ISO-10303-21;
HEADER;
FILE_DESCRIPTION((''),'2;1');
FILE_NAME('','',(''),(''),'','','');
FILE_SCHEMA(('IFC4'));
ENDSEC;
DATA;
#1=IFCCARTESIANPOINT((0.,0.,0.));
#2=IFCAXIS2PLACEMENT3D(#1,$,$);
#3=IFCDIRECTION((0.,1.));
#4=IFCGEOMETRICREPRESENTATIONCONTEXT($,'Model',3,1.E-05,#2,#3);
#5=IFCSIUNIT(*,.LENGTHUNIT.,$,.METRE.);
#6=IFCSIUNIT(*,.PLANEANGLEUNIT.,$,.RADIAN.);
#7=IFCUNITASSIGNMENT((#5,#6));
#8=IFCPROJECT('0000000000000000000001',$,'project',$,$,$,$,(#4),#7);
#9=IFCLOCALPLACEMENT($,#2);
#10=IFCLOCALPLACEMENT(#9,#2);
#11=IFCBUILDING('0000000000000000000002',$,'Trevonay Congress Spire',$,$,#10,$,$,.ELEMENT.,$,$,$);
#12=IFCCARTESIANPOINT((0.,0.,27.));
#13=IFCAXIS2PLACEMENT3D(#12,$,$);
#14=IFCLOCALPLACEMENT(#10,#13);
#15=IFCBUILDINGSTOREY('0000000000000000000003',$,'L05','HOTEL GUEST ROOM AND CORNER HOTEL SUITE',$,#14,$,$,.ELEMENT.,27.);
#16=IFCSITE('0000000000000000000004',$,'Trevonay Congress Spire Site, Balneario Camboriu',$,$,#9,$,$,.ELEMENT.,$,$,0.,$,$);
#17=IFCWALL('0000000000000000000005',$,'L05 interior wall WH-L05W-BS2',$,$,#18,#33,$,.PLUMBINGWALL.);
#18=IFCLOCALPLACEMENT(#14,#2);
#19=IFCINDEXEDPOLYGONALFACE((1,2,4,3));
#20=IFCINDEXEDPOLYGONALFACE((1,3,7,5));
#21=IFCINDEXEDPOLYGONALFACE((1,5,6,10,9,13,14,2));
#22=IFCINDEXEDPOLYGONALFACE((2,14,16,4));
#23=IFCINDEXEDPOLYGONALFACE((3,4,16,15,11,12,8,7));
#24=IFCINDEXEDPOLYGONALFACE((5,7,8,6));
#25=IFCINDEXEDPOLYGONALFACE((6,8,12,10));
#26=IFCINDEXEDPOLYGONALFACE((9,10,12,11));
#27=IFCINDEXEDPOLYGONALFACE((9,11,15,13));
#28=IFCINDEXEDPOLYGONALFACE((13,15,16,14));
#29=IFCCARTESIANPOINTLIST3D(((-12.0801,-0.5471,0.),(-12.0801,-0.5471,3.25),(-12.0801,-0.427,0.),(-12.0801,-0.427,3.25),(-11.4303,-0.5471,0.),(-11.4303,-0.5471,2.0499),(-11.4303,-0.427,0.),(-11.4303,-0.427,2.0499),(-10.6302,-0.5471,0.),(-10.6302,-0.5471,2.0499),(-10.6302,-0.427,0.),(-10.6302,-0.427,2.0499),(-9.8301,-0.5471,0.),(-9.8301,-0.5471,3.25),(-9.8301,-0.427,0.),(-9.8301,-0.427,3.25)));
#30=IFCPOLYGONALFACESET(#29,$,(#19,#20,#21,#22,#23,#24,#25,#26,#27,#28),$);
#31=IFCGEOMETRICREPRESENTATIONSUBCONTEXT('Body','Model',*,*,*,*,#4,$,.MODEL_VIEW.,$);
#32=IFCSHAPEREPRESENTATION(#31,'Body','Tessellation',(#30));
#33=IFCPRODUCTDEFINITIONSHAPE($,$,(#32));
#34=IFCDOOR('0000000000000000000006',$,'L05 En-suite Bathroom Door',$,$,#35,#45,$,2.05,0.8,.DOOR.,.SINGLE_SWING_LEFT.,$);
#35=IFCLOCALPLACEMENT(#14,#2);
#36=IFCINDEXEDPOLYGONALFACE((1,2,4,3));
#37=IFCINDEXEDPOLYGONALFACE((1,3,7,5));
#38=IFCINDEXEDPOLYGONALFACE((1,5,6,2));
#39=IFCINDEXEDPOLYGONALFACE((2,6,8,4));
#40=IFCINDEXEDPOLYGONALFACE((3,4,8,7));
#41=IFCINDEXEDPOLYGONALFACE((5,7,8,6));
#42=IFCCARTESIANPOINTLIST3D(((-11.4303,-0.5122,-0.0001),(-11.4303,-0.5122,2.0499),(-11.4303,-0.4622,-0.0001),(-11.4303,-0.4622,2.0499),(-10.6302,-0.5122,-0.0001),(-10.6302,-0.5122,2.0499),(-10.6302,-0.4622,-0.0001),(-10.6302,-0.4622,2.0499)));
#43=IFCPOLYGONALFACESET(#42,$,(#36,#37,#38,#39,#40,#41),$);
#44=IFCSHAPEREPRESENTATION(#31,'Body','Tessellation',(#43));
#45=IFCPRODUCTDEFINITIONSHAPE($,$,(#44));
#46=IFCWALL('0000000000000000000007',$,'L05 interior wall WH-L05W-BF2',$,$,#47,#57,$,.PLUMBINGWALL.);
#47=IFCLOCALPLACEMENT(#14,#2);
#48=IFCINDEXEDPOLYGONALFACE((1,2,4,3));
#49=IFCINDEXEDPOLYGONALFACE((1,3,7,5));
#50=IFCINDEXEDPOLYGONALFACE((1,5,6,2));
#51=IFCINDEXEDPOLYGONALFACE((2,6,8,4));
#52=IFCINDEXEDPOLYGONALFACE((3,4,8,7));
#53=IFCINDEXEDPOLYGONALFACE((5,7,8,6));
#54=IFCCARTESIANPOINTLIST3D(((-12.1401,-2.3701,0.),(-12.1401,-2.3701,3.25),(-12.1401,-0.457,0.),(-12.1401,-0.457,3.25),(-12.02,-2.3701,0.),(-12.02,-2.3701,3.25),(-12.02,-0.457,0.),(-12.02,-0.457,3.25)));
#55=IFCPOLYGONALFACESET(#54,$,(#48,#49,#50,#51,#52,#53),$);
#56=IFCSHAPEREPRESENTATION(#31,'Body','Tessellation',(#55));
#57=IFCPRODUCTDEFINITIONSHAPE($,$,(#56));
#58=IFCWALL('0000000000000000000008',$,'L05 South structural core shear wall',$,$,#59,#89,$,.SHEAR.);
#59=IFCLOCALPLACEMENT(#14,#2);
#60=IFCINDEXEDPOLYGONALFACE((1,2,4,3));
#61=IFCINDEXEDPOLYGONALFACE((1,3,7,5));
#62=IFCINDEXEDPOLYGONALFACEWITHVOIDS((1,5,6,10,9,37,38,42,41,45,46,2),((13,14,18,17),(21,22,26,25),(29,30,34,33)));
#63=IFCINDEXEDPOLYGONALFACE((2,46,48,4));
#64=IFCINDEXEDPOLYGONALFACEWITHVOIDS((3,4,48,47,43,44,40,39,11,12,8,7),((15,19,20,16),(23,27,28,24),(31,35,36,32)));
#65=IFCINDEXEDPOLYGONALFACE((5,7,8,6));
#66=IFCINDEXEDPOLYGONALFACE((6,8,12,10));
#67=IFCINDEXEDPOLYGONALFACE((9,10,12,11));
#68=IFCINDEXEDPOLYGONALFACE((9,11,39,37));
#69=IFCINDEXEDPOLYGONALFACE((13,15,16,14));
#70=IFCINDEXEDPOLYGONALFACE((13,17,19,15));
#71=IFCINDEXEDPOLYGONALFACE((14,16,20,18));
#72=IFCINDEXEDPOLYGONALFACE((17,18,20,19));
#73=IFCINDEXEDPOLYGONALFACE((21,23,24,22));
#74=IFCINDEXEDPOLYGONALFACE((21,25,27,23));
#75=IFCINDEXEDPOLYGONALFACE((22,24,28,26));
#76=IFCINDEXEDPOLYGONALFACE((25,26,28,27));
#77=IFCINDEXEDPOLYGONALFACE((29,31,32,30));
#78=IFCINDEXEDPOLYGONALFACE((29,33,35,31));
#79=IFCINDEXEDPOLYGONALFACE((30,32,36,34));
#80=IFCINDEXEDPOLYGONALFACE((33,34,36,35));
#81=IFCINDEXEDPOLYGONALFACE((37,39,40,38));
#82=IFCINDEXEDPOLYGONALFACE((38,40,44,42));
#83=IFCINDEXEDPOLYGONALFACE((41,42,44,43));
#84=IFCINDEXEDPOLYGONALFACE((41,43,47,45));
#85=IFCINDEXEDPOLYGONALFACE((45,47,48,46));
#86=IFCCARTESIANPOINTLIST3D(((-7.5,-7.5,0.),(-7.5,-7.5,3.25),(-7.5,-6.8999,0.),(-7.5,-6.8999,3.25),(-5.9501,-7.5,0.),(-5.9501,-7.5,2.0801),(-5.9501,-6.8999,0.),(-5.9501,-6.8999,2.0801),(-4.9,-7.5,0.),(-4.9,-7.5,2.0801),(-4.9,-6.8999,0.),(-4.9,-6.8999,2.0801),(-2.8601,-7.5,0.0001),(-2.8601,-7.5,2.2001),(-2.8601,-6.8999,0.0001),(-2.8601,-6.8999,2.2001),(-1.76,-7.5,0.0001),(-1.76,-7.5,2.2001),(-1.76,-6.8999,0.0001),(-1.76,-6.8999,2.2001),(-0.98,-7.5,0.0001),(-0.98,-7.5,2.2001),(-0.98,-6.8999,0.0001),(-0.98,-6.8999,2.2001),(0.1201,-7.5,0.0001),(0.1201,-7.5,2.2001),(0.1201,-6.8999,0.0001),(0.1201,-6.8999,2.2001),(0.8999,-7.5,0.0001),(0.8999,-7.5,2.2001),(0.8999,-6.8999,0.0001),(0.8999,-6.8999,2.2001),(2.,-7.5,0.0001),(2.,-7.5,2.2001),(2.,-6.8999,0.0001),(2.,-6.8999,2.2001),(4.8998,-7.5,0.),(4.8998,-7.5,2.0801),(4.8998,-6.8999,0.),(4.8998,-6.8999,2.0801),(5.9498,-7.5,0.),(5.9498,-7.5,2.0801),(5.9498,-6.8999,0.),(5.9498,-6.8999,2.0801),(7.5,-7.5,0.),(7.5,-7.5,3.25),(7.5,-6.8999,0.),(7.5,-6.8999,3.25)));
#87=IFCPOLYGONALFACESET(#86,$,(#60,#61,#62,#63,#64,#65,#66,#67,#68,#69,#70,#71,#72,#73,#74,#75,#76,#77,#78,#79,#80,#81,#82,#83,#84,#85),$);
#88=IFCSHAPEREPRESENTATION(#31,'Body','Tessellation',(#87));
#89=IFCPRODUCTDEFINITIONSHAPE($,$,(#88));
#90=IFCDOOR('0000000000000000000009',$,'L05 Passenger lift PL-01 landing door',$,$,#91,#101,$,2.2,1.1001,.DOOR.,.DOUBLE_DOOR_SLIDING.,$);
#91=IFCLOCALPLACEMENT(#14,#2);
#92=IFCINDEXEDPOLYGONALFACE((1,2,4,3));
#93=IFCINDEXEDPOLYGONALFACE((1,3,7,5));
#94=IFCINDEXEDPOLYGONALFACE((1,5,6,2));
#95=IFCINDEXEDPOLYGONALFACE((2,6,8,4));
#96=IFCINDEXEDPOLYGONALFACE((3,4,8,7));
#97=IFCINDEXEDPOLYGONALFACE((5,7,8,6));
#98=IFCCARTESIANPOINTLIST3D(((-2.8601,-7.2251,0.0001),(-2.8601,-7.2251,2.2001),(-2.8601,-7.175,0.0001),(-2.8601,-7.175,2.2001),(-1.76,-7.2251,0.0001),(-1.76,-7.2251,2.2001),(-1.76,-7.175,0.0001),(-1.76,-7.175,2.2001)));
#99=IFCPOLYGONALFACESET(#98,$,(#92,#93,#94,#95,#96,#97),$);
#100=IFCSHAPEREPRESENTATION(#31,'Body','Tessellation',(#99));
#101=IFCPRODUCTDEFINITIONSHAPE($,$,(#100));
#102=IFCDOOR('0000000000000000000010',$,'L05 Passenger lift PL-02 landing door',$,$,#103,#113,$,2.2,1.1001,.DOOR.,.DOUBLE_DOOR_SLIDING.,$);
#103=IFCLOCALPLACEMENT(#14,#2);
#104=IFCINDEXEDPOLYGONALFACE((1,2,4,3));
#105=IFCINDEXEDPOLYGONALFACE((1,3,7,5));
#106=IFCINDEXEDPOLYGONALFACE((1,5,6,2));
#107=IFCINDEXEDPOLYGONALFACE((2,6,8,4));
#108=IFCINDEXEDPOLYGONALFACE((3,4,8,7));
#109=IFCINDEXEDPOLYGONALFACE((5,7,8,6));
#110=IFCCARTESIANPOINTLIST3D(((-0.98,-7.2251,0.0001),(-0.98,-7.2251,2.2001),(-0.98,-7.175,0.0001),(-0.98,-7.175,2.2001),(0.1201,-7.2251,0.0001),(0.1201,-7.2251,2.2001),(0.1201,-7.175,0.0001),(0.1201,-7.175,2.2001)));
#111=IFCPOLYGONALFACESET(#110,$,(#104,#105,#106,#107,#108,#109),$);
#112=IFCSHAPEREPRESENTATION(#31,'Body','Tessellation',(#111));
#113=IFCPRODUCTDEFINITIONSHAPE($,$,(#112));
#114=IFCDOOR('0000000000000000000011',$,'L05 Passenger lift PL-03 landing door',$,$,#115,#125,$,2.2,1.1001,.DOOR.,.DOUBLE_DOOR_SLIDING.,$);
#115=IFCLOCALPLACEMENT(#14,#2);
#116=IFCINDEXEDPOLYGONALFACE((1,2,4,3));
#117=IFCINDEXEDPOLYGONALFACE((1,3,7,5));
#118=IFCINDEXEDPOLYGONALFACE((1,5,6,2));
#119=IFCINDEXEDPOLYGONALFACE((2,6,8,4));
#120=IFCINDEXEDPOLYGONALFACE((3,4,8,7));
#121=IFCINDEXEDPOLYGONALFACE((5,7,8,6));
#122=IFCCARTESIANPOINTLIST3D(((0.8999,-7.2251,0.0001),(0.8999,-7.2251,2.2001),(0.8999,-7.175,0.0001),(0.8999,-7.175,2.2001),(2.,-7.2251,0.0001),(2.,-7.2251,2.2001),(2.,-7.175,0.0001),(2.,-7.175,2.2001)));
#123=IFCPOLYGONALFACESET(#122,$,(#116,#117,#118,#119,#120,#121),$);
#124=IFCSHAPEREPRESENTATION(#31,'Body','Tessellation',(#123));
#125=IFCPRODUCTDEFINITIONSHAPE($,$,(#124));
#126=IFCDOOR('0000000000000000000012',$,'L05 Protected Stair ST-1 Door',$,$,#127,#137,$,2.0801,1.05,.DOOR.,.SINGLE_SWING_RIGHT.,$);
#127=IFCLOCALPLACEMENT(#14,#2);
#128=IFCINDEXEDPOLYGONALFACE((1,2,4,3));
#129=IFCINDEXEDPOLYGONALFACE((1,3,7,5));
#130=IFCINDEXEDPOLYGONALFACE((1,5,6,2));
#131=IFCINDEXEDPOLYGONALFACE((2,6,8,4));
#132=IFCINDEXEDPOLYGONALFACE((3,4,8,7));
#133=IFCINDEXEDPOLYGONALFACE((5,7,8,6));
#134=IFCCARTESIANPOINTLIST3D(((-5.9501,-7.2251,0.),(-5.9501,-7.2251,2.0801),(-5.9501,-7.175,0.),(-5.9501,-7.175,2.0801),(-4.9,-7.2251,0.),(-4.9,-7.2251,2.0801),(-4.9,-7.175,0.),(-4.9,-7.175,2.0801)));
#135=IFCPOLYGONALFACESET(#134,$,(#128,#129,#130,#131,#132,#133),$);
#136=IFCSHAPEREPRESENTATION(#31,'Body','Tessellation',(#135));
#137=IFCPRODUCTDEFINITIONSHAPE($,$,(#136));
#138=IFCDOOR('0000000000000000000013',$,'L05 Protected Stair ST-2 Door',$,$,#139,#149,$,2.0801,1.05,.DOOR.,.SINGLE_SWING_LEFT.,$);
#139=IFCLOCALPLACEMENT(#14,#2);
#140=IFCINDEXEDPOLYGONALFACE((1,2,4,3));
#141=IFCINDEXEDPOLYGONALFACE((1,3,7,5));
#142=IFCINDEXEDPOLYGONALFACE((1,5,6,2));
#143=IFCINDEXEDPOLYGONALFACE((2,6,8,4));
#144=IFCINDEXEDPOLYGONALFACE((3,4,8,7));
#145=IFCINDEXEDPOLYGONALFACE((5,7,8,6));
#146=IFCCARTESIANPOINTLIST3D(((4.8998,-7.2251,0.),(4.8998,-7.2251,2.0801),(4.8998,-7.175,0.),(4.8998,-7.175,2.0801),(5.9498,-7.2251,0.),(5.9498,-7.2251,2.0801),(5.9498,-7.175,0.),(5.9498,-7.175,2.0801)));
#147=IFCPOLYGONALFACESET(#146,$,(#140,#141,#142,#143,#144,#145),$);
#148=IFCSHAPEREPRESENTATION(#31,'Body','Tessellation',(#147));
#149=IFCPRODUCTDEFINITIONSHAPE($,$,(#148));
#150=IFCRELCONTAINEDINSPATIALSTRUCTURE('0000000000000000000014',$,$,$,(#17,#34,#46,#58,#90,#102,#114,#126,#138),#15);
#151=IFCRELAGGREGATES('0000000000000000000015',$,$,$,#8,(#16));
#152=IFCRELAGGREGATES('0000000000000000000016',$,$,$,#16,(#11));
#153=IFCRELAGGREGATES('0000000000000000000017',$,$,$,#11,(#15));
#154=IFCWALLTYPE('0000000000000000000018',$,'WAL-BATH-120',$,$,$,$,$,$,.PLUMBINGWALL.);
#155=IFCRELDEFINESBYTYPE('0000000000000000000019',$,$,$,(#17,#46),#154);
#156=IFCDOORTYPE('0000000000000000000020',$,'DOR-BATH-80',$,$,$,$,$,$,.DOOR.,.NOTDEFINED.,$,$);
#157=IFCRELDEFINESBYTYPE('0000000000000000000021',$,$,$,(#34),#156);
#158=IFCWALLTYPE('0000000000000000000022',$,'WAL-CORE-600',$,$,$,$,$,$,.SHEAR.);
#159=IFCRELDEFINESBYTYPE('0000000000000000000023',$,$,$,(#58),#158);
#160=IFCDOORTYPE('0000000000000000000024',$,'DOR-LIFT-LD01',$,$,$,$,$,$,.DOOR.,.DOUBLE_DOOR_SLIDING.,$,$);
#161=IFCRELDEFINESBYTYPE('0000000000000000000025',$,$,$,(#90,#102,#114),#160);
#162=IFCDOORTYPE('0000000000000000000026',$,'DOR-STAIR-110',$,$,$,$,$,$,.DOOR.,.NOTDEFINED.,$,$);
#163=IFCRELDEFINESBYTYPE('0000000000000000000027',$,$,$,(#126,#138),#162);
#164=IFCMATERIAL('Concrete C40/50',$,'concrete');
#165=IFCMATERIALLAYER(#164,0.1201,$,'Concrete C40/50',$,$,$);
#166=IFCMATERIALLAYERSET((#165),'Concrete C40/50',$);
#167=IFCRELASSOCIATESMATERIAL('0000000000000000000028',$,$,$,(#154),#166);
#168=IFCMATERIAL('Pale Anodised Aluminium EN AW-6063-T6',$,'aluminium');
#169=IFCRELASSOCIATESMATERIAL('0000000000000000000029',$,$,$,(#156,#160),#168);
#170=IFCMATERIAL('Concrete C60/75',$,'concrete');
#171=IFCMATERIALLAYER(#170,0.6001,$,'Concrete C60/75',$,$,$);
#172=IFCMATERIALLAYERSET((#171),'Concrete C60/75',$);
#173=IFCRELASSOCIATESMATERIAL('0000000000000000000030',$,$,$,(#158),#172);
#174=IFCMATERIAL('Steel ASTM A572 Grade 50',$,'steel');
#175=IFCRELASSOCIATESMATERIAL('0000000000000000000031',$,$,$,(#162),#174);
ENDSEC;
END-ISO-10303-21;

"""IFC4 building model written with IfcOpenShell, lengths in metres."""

from ifc_helpers import new_model, si_unit, direction, frame, frame_2d, origin, place, context, subcontext, project, spatial, rectangle, extrude, material, layer, layer_set, type_object, element, fill, save


model = new_model("IFC4")

# Units and contexts
model_context = context("Model", 3, precision=1e-05, world=origin(), true_north=direction((0.0, 1.0)))
body_context = subcontext(model_context, "Body", "Model", "MODEL_VIEW")
ifc_project = project(units=[si_unit("LENGTHUNIT", "METRE"), si_unit("PLANEANGLEUNIT", "RADIAN")], contexts=[model_context])

# Site, building, storey
site_placement = place(None, origin())
site = spatial("IfcSite", under=ifc_project, at=site_placement, Name="Trevonay Congress Spire Site, Balneario Camboriu", CompositionType="ELEMENT", RefElevation=0.0)
building_placement = place(site_placement, origin())
building = spatial("IfcBuilding", under=site, at=building_placement, Name="Trevonay Congress Spire", CompositionType="ELEMENT")
storey_placement = place(building_placement, frame((0.0, 0.0, 27.0)))
storey = spatial("IfcBuildingStorey", under=building, at=storey_placement, Name="L05", Description="HOTEL GUEST ROOM AND CORNER HOTEL SUITE", CompositionType="ELEMENT", Elevation=27.0)

# Shared definitions
ifc_material_1 = material(Name="Steel ASTM A572 Grade 50", Category="steel")

# Shared definitions
ifc_material_2 = material(Name="Concrete C40/50", Category="concrete")
ifc_layer_1 = layer(ifc_material_2, 0.1201, Name="Concrete C40/50")
ifc_layer_set_1 = layer_set([ifc_layer_1], Name="Concrete C40/50")
wall_type_1 = type_object("IfcWallType", Name="WAL-BATH-120", PredefinedType="PLUMBINGWALL", material=ifc_layer_set_1)
ifc_material_3 = material(Name="Pale Anodised Aluminium EN AW-6063-T6", Category="aluminium")
door_type_1 = type_object("IfcDoorType", Name="DOR-BATH-80", OperationType="NOTDEFINED", PredefinedType="DOOR", material=ifc_material_3)

# Wall, opening, door
wall_1_placement = place(storey_placement, frame((-12.0801, -0.4871, 0.0), z_axis=(0.0, 0.0, 1.0), x_axis=(1.0, 0.0, 0.0)))
wall_1 = element("IfcWall", 1, at=wall_1_placement, inside=storey, type_object=wall_type_1, Name="L05 interior wall WH-L05W-BS2", PredefinedType="PLUMBINGWALL", context=body_context, shape_type="SweptSolid", body=[
    extrude(rectangle(XDim=2.25, YDim=0.1201, at=frame_2d((1.125, 0.0))), origin(), (0.0, 0.0, 1.0), 3.25),
])
opening_1_placement = place(wall_1_placement, frame((0.6499, 0.0, 0.0)))
opening_1 = element("IfcOpeningElement", 2, at=opening_1_placement, cuts=wall_1, PredefinedType="OPENING", context=body_context, shape_type="SweptSolid", body=[
    extrude(rectangle(XDim=0.8, YDim=2.05, at=frame_2d((0.3999, 1.0249))), frame((0.0, 0.0701, 0.0), z_axis=(0.0, -1.0, 0.0), x_axis=(1.0, 0.0, 0.0)), (0.0, 0.0, 1.0), 0.1401),
])
door_1_placement = place(opening_1_placement, origin())
door_1 = element("IfcDoor", 3, at=door_1_placement, inside=storey, type_object=door_type_1, Name="L05 En-suite Bathroom Door", OperationType="SINGLE_SWING_LEFT", OverallHeight=2.05, OverallWidth=0.8, PredefinedType="DOOR", context=body_context, shape_type="SweptSolid", body=[
    extrude(rectangle(XDim=0.8, YDim=2.05, at=frame_2d((0.3999, 1.0249))), frame((0.0, 0.0249, 0.0), z_axis=(0.0, -1.0, 0.0), x_axis=(1.0, 0.0, 0.0)), (0.0, 0.0, 1.0), 0.05),
])
fill(opening_1, door_1)

# Wall
wall_2_placement = place(storey_placement, frame((-12.0801, -2.3701, 0.0), z_axis=(0.0, 0.0, 1.0), x_axis=(0.0, 1.0, 0.0)))
element("IfcWall", 4, at=wall_2_placement, inside=storey, type_object=wall_type_1, Name="L05 interior wall WH-L05W-BF2", PredefinedType="PLUMBINGWALL", context=body_context, shape_type="SweptSolid", body=[
    extrude(rectangle(XDim=1.9131, YDim=0.1201, at=frame_2d((0.9565, 0.0))), origin(), (0.0, 0.0, 1.0), 3.25),
])

# Wall, openings, doors
ifc_material_4 = material(Name="Concrete C60/75", Category="concrete")
ifc_layer_2 = layer(ifc_material_4, 0.6001, Name="Concrete C60/75")
ifc_layer_set_2 = layer_set([ifc_layer_2], Name="Concrete C60/75")
wall_type_2 = type_object("IfcWallType", Name="WAL-CORE-600", PredefinedType="SHEAR", material=ifc_layer_set_2)
wall_3_placement = place(storey_placement, frame((-7.5, -7.2, 0.0), z_axis=(0.0, 0.0, 1.0), x_axis=(1.0, 0.0, 0.0)))
wall_3 = element("IfcWall", 5, at=wall_3_placement, inside=storey, type_object=wall_type_2, Name="L05 South structural core shear wall", PredefinedType="SHEAR", context=body_context, shape_type="SweptSolid", body=[
    extrude(rectangle(XDim=15.0, YDim=0.6001, at=frame_2d((7.5, 0.0))), origin(), (0.0, 0.0, 1.0), 3.25),
])
opening_2_placement = place(wall_3_placement, frame((1.55, 0.0, 0.0)))
opening_2 = element("IfcOpeningElement", 6, at=opening_2_placement, cuts=wall_3, PredefinedType="OPENING", context=body_context, shape_type="SweptSolid", body=[
    extrude(rectangle(XDim=1.05, YDim=2.0801, at=frame_2d((0.5249, 1.04))), frame((0.0, 0.3101, 0.0), z_axis=(0.0, -1.0, 0.0), x_axis=(1.0, 0.0, 0.0)), (0.0, 0.0, 1.0), 0.6201),
])
opening_3_placement = place(wall_3_placement, frame((12.3999, 0.0, 0.0)))
opening_3 = element("IfcOpeningElement", 7, at=opening_3_placement, cuts=wall_3, PredefinedType="OPENING", context=body_context, shape_type="SweptSolid", body=[
    extrude(rectangle(XDim=1.05, YDim=2.0801, at=frame_2d((0.5249, 1.04))), frame((0.0, 0.3101, 0.0), z_axis=(0.0, -1.0, 0.0), x_axis=(1.0, 0.0, 0.0)), (0.0, 0.0, 1.0), 0.6201),
])
opening_4_placement = place(wall_3_placement, frame((4.6399, 0.0, 0.0)))
opening_4 = element("IfcOpeningElement", 8, at=opening_4_placement, cuts=wall_3, PredefinedType="OPENING", context=body_context, shape_type="SweptSolid", body=[
    extrude(rectangle(XDim=1.1001, YDim=2.2, at=frame_2d((0.55, 1.1001))), frame((0.0, 0.3101, 0.0), z_axis=(0.0, -1.0, 0.0), x_axis=(1.0, 0.0, 0.0)), (0.0, 0.0, 1.0), 0.6201),
])
opening_5_placement = place(wall_3_placement, frame((6.52, 0.0, 0.0)))
opening_5 = element("IfcOpeningElement", 9, at=opening_5_placement, cuts=wall_3, PredefinedType="OPENING", context=body_context, shape_type="SweptSolid", body=[
    extrude(rectangle(XDim=1.1001, YDim=2.2, at=frame_2d((0.55, 1.1001))), frame((0.0, 0.3101, 0.0), z_axis=(0.0, -1.0, 0.0), x_axis=(1.0, 0.0, 0.0)), (0.0, 0.0, 1.0), 0.6201),
])
opening_6_placement = place(wall_3_placement, frame((8.3999, 0.0, 0.0)))
opening_6 = element("IfcOpeningElement", 10, at=opening_6_placement, cuts=wall_3, PredefinedType="OPENING", context=body_context, shape_type="SweptSolid", body=[
    extrude(rectangle(XDim=1.1001, YDim=2.2, at=frame_2d((0.55, 1.1001))), frame((0.0, 0.3101, 0.0), z_axis=(0.0, -1.0, 0.0), x_axis=(1.0, 0.0, 0.0)), (0.0, 0.0, 1.0), 0.6201),
])
door_type_2 = type_object("IfcDoorType", Name="DOR-LIFT-LD01", OperationType="DOUBLE_DOOR_SLIDING", PredefinedType="DOOR", material=ifc_material_3)
door_2_placement = place(opening_4_placement, origin())
door_2 = element("IfcDoor", 11, at=door_2_placement, inside=storey, type_object=door_type_2, Name="L05 Passenger lift PL-01 landing door", OperationType="DOUBLE_DOOR_SLIDING", OverallHeight=2.2, OverallWidth=1.1001, PredefinedType="DOOR", context=body_context, shape_type="SweptSolid", body=[
    extrude(rectangle(XDim=1.1001, YDim=2.2, at=frame_2d((0.55, 1.1001))), frame((0.0, 0.0249, 0.0), z_axis=(0.0, -1.0, 0.0), x_axis=(1.0, 0.0, 0.0)), (0.0, 0.0, 1.0), 0.05),
])
fill(opening_4, door_2)
door_3_placement = place(opening_5_placement, origin())
door_3 = element("IfcDoor", 12, at=door_3_placement, inside=storey, type_object=door_type_2, Name="L05 Passenger lift PL-02 landing door", OperationType="DOUBLE_DOOR_SLIDING", OverallHeight=2.2, OverallWidth=1.1001, PredefinedType="DOOR", context=body_context, shape_type="SweptSolid", body=[
    extrude(rectangle(XDim=1.1001, YDim=2.2, at=frame_2d((0.55, 1.1001))), frame((0.0, 0.0249, 0.0), z_axis=(0.0, -1.0, 0.0), x_axis=(1.0, 0.0, 0.0)), (0.0, 0.0, 1.0), 0.05),
])
fill(opening_5, door_3)
door_4_placement = place(opening_6_placement, origin())
door_4 = element("IfcDoor", 13, at=door_4_placement, inside=storey, type_object=door_type_2, Name="L05 Passenger lift PL-03 landing door", OperationType="DOUBLE_DOOR_SLIDING", OverallHeight=2.2, OverallWidth=1.1001, PredefinedType="DOOR", context=body_context, shape_type="SweptSolid", body=[
    extrude(rectangle(XDim=1.1001, YDim=2.2, at=frame_2d((0.55, 1.1001))), frame((0.0, 0.0249, 0.0), z_axis=(0.0, -1.0, 0.0), x_axis=(1.0, 0.0, 0.0)), (0.0, 0.0, 1.0), 0.05),
])
fill(opening_6, door_4)
door_type_3 = type_object("IfcDoorType", Name="DOR-STAIR-110", OperationType="NOTDEFINED", PredefinedType="DOOR", material=ifc_material_1)
door_5_placement = place(opening_2_placement, origin())
door_5 = element("IfcDoor", 14, at=door_5_placement, inside=storey, type_object=door_type_3, Name="L05 Protected Stair ST-1 Door", OperationType="SINGLE_SWING_RIGHT", OverallHeight=2.0801, OverallWidth=1.05, PredefinedType="DOOR", context=body_context, shape_type="SweptSolid", body=[
    extrude(rectangle(XDim=1.05, YDim=2.0801, at=frame_2d((0.5249, 1.04))), frame((0.0, 0.0249, 0.0), z_axis=(0.0, -1.0, 0.0), x_axis=(1.0, 0.0, 0.0)), (0.0, 0.0, 1.0), 0.05),
])
fill(opening_2, door_5)
door_6_placement = place(opening_3_placement, origin())
door_6 = element("IfcDoor", 15, at=door_6_placement, inside=storey, type_object=door_type_3, Name="L05 Protected Stair ST-2 Door", OperationType="SINGLE_SWING_LEFT", OverallHeight=2.0801, OverallWidth=1.05, PredefinedType="DOOR", context=body_context, shape_type="SweptSolid", body=[
    extrude(rectangle(XDim=1.05, YDim=2.0801, at=frame_2d((0.5249, 1.04))), frame((0.0, 0.0249, 0.0), z_axis=(0.0, -1.0, 0.0), x_axis=(1.0, 0.0, 0.0)), (0.0, 0.0, 1.0), 0.05),
])
fill(opening_3, door_6)

save(model, "model.ifc")
